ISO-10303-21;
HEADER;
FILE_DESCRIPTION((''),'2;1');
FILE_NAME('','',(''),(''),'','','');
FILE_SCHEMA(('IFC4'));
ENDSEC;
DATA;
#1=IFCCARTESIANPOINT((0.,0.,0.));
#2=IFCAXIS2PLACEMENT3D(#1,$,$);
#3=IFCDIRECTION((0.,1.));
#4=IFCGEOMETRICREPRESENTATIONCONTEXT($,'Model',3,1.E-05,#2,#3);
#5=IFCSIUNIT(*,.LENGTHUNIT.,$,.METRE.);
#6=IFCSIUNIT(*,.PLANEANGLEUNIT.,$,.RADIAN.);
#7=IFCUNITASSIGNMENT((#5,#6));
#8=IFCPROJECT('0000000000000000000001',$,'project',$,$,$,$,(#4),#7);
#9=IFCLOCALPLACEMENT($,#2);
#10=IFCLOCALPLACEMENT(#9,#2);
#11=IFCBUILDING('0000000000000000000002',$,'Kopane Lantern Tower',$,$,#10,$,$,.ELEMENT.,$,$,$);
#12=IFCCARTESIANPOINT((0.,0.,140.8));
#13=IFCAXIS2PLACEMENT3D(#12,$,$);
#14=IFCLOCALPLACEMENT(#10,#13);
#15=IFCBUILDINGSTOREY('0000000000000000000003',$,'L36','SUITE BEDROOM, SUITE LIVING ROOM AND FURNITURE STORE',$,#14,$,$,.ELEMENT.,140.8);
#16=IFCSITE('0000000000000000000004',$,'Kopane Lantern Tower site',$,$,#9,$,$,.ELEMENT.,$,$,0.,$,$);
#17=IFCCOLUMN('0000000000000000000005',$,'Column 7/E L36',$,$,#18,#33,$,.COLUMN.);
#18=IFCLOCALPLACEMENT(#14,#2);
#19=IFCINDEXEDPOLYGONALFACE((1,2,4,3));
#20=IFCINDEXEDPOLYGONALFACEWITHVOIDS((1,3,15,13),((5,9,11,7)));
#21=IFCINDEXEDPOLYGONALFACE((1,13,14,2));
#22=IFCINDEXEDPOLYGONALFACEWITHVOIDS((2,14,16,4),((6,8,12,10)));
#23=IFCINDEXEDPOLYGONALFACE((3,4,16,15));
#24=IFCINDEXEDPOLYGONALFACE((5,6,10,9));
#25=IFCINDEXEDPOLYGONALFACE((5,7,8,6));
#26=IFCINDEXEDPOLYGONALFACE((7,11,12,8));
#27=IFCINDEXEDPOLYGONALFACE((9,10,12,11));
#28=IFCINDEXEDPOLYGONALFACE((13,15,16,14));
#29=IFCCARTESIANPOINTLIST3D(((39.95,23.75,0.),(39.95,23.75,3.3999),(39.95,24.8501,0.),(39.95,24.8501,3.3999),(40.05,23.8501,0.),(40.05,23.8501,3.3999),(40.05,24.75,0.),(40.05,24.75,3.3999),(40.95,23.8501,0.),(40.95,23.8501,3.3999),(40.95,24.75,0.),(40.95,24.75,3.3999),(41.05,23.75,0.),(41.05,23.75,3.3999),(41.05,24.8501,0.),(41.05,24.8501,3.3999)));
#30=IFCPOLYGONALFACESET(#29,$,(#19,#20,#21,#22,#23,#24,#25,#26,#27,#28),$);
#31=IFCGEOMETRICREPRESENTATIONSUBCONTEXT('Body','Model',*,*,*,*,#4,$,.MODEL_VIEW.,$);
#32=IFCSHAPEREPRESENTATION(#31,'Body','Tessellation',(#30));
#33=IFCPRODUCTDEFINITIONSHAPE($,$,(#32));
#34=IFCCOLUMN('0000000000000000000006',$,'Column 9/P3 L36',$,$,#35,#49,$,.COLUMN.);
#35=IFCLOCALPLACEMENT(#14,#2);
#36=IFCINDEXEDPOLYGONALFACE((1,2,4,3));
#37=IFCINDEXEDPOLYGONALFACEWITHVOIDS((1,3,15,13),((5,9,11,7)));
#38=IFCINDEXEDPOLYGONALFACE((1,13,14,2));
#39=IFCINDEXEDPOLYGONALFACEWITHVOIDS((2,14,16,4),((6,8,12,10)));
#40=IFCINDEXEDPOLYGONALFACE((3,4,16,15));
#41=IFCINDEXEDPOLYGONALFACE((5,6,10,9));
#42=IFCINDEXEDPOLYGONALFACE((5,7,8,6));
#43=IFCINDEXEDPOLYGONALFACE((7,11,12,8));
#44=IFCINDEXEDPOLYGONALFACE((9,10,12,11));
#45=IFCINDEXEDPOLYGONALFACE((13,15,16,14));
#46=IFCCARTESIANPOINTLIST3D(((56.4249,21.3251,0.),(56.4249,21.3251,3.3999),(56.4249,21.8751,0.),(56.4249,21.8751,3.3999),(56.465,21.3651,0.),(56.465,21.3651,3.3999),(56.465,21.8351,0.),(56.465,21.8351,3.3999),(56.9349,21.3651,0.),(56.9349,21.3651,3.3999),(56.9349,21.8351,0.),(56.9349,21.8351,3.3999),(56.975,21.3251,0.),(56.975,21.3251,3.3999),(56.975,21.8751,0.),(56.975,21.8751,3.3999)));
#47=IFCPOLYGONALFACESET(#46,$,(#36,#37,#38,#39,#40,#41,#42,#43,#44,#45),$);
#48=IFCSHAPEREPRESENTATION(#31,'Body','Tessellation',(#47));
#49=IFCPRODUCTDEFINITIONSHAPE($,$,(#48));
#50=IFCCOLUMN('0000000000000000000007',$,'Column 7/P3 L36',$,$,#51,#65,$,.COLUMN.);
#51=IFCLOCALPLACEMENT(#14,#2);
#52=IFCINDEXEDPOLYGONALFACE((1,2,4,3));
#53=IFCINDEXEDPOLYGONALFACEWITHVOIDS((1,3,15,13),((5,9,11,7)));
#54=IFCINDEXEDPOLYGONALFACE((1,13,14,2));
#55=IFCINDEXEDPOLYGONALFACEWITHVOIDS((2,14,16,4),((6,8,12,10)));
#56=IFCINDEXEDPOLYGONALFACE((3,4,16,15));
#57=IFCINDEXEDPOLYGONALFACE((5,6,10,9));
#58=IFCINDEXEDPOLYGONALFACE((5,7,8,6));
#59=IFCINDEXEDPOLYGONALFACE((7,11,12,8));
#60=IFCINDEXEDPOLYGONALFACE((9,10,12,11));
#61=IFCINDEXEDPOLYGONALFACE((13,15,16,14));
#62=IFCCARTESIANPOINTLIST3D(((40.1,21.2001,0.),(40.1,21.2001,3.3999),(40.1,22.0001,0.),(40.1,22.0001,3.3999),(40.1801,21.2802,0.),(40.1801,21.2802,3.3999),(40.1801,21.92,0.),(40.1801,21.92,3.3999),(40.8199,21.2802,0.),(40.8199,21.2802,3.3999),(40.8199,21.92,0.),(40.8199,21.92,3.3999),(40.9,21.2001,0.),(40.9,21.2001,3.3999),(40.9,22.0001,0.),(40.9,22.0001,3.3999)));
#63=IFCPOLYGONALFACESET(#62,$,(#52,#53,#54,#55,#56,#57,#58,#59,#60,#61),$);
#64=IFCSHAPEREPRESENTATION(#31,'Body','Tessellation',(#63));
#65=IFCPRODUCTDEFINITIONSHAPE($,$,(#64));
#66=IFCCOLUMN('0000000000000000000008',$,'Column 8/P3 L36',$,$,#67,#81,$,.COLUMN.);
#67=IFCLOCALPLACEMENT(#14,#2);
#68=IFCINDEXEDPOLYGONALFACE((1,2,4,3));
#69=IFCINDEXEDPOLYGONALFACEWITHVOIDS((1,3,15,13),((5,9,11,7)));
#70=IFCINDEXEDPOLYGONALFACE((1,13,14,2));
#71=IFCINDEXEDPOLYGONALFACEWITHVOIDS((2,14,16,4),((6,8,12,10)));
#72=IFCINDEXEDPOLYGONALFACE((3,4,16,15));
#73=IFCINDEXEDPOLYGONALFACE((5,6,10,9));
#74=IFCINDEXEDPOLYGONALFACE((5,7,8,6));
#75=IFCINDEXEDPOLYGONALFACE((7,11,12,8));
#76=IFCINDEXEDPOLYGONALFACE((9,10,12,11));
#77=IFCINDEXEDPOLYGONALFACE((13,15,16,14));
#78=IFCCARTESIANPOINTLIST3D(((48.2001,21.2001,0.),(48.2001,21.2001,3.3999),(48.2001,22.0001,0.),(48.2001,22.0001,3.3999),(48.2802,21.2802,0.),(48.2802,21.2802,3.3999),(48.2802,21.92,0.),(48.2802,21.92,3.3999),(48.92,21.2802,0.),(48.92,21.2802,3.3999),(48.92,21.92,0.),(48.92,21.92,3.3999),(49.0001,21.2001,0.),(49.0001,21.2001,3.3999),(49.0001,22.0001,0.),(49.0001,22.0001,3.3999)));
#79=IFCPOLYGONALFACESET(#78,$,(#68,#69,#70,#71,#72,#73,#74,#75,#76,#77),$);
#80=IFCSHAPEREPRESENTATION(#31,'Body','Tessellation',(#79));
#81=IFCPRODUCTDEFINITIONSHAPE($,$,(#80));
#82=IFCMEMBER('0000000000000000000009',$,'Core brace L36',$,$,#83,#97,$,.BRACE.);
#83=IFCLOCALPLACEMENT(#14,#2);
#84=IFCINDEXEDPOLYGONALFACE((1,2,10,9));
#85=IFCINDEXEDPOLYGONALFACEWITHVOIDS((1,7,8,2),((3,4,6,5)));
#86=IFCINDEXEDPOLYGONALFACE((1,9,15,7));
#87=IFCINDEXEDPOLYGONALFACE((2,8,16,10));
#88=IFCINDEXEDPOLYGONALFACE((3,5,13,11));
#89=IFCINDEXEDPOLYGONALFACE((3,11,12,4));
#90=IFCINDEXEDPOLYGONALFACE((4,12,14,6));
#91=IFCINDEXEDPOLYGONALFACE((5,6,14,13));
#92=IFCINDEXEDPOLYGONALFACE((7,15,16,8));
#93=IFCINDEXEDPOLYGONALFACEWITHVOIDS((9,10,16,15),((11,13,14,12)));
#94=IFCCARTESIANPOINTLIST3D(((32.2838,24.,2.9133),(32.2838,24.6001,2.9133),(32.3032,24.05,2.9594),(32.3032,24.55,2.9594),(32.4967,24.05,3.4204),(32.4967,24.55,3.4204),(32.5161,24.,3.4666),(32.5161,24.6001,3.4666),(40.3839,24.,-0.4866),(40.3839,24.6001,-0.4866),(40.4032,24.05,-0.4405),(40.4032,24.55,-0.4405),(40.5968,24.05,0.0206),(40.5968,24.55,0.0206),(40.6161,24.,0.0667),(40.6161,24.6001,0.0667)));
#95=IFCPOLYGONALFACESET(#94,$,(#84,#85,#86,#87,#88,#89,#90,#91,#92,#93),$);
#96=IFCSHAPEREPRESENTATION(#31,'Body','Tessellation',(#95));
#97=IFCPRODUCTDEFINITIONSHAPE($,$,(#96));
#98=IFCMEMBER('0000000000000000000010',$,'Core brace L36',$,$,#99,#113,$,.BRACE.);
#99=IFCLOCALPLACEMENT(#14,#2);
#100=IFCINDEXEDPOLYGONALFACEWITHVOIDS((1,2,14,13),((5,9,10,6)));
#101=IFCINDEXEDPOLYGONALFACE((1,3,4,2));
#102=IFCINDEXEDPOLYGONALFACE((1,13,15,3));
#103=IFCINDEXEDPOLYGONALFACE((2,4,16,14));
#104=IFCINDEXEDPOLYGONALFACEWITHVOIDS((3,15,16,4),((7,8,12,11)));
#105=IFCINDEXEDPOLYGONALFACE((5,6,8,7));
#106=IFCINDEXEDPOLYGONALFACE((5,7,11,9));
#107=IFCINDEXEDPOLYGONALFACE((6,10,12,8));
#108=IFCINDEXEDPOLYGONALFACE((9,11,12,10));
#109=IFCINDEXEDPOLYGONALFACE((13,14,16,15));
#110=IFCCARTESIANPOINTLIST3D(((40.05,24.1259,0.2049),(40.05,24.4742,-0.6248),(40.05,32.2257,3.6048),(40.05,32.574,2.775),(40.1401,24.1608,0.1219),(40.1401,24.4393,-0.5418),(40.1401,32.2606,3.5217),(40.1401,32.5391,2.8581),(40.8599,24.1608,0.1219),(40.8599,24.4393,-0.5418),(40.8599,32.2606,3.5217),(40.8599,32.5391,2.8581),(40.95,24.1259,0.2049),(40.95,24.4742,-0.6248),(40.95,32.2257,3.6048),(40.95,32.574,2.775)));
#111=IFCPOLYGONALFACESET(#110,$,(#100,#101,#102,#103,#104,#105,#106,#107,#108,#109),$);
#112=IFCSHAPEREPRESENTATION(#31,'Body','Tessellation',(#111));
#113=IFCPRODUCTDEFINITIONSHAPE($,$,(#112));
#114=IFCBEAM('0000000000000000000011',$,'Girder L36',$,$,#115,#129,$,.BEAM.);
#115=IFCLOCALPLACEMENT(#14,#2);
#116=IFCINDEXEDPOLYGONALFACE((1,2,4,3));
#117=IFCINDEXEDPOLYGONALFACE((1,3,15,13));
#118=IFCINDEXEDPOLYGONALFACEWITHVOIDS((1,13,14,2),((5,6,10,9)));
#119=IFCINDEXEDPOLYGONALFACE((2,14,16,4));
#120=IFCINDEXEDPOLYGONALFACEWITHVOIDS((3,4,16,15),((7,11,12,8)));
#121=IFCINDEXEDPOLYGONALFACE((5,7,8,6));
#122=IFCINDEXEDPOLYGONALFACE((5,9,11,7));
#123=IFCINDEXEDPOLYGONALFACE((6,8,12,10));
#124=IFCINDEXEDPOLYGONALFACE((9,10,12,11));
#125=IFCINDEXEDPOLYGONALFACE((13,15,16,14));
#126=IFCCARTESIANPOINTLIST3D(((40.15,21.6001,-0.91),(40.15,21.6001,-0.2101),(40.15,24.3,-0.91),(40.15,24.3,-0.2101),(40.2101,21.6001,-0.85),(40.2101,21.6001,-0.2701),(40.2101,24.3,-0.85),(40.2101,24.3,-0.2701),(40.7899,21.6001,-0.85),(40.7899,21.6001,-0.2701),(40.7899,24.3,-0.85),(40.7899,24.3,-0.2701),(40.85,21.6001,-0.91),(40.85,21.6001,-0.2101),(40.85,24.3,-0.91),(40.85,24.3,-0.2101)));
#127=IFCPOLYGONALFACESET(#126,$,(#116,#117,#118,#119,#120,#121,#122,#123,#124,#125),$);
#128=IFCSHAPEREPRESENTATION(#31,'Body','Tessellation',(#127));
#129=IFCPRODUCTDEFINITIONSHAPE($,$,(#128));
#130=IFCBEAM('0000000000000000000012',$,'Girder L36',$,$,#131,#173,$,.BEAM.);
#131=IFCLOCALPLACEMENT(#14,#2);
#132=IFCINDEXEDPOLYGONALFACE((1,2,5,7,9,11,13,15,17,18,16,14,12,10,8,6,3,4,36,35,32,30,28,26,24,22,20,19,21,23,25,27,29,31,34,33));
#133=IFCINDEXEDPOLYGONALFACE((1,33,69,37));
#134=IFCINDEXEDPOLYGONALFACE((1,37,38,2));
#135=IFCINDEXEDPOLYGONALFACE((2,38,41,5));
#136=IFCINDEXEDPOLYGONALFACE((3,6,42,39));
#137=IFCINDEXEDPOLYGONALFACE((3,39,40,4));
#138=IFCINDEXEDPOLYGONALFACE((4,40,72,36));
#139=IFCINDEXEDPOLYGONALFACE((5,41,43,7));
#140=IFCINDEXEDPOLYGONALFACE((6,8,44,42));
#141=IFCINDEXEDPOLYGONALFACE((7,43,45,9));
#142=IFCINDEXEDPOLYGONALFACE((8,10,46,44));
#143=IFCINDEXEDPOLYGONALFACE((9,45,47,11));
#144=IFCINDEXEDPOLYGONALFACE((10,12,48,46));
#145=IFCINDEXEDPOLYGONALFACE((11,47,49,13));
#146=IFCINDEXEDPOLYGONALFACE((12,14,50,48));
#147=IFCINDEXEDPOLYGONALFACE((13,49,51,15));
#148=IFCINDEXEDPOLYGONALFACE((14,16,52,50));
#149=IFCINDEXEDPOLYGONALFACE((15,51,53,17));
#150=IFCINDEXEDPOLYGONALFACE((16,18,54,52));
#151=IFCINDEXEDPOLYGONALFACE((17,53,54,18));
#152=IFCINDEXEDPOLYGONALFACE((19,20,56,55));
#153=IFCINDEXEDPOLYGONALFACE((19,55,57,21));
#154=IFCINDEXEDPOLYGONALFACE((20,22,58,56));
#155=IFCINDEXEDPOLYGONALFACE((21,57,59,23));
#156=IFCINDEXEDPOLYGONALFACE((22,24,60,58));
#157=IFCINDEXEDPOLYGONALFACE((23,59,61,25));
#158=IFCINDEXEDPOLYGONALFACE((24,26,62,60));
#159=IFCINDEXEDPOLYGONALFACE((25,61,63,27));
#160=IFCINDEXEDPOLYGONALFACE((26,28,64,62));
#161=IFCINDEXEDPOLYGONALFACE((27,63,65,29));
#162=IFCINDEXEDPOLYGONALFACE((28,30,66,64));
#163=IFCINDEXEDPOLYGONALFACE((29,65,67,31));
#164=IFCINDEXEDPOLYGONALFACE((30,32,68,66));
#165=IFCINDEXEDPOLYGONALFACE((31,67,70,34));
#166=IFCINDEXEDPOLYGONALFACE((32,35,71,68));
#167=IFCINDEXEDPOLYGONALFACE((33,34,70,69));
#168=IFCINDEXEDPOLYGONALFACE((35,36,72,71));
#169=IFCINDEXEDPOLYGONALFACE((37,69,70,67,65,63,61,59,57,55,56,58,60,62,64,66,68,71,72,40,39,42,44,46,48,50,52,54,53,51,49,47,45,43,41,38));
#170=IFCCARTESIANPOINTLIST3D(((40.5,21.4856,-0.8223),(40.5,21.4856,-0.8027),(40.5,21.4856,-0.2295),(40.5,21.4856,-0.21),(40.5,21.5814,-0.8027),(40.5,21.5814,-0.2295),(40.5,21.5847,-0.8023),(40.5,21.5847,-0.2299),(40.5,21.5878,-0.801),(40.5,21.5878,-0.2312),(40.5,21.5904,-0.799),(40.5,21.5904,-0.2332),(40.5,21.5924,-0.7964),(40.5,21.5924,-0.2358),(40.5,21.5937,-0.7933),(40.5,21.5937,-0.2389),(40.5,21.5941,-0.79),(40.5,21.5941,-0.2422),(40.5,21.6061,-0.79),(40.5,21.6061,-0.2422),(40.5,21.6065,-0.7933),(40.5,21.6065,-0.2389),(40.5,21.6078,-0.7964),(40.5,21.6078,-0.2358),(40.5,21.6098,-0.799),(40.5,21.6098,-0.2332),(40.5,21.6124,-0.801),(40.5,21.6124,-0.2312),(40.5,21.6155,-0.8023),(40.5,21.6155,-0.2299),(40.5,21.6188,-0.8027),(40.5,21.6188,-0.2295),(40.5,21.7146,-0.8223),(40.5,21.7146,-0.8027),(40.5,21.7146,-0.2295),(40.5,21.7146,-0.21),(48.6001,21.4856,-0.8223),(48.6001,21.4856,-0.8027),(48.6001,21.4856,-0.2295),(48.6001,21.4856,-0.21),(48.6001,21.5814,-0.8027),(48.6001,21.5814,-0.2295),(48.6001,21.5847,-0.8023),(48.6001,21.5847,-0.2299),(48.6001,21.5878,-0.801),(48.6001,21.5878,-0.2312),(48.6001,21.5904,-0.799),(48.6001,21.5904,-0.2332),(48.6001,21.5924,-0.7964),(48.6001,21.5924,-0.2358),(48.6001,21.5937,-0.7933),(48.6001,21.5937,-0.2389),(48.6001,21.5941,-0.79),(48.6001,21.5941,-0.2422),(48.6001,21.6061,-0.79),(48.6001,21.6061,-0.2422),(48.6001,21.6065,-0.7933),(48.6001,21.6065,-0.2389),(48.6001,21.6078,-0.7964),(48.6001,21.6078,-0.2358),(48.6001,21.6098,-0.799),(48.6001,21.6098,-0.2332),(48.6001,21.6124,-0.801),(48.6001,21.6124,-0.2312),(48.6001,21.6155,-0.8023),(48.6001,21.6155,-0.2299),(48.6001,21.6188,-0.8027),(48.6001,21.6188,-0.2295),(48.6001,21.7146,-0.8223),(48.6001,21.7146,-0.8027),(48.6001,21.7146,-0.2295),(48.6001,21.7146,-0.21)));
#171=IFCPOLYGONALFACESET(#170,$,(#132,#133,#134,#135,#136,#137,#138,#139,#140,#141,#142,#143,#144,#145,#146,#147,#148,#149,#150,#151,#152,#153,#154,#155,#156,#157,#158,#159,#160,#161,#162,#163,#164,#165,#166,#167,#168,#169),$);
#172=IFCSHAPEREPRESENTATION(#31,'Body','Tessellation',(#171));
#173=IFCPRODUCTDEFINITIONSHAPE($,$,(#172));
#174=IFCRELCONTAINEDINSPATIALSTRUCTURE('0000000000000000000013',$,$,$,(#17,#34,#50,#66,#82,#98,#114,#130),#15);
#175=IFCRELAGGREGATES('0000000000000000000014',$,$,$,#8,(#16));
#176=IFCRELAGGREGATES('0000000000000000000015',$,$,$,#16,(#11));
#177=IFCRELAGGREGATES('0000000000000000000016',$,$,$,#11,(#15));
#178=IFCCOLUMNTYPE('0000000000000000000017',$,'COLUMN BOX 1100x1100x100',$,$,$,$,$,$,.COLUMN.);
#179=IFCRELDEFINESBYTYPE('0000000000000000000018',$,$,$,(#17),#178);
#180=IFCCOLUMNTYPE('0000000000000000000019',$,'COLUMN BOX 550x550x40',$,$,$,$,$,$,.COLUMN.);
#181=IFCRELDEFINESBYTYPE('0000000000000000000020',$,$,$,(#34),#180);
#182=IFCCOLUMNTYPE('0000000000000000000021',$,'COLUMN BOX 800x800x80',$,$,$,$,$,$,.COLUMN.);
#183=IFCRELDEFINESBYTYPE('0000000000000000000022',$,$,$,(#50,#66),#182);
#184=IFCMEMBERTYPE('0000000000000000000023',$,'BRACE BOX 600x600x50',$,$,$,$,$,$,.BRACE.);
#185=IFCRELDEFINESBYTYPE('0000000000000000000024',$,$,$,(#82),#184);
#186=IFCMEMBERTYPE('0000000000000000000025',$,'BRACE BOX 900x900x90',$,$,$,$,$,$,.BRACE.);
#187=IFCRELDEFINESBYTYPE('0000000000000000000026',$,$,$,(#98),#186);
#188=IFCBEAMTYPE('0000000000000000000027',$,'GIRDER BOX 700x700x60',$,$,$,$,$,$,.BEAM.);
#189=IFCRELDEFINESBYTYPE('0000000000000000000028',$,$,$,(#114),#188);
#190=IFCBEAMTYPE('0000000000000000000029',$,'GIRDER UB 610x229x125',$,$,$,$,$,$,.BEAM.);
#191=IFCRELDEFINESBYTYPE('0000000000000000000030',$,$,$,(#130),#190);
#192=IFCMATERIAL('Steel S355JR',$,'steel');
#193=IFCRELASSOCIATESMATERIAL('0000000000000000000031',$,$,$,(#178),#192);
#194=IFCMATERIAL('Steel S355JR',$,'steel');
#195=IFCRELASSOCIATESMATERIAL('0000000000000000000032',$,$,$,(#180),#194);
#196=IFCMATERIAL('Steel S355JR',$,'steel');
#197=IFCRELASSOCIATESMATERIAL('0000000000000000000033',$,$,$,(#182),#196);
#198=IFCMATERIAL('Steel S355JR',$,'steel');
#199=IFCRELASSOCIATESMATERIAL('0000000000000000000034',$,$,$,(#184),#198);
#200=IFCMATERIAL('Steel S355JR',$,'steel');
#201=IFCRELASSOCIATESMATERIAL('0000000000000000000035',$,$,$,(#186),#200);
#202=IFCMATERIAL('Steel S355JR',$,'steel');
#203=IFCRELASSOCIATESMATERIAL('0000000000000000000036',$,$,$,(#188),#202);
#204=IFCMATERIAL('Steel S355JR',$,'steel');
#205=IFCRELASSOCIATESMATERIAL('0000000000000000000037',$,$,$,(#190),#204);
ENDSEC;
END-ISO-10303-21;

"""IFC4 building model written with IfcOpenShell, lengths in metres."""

from ifc_helpers import new_model, si_unit, direction, frame, origin, origin_2d, place, context, subcontext, project, spatial, hollow_rectangle, i_section, extrude, material, material_profile, profile_set, type_object, element, save


model = new_model("IFC4")

# Units and contexts
model_context = context("Model", 3, precision=1e-05, world=origin(), true_north=direction((0.0, 1.0)))
body_context = subcontext(model_context, "Body", "Model", "MODEL_VIEW")
ifc_project = project(units=[si_unit("LENGTHUNIT", "METRE"), si_unit("PLANEANGLEUNIT", "RADIAN")], contexts=[model_context])

# Site, building, storey
site_placement = place(None, origin())
site = spatial("IfcSite", under=ifc_project, at=site_placement, Name="Kopane Lantern Tower site", CompositionType="ELEMENT", RefElevation=0.0)
building_placement = place(site_placement, origin())
building = spatial("IfcBuilding", under=site, at=building_placement, Name="Kopane Lantern Tower", CompositionType="ELEMENT")
storey_placement = place(building_placement, frame((0.0, 0.0, 140.8)))
storey = spatial("IfcBuildingStorey", under=building, at=storey_placement, Name="L36", Description="SUITE BEDROOM, SUITE LIVING ROOM AND FURNITURE STORE", CompositionType="ELEMENT", Elevation=140.8)

# Columns
ifc_material_1 = material(Name="Steel S355JR", Category="steel")
ifc_material_profile_1 = material_profile(ifc_material_1, hollow_rectangle(XDim=1.1001, YDim=1.1001, WallThickness=0.1001, at=origin_2d()), Name="BOX 1100x1100x100")
ifc_profile_set_1 = profile_set([ifc_material_profile_1], Name="Steel S355JR")
column_type_1 = type_object("IfcColumnType", Name="COLUMN BOX 1100x1100x100", PredefinedType="COLUMN", material=ifc_profile_set_1)
column_1_placement = place(storey_placement, frame((40.5, 24.3, 0.0), z_axis=(0.0, 0.0, 1.0), x_axis=(1.0, 0.0, 0.0)))
element("IfcColumn", 1, at=column_1_placement, inside=storey, type_object=column_type_1, Name="Column 7/E L36", PredefinedType="COLUMN", context=body_context, shape_type="SweptSolid", body=[
    extrude(hollow_rectangle(XDim=1.1001, YDim=1.1001, WallThickness=0.1001, at=origin_2d()), origin(), (0.0, 0.0, 1.0), 3.3999),
])
ifc_material_2 = material(Name="Steel S355JR", Category="steel")
ifc_material_profile_2 = material_profile(ifc_material_2, hollow_rectangle(XDim=0.55, YDim=0.55, WallThickness=0.04, at=origin_2d()), Name="BOX 550x550x40")
ifc_profile_set_2 = profile_set([ifc_material_profile_2], Name="Steel S355JR")
column_type_2 = type_object("IfcColumnType", Name="COLUMN BOX 550x550x40", PredefinedType="COLUMN", material=ifc_profile_set_2)
column_2_placement = place(storey_placement, frame((56.7, 21.6001, 0.0), z_axis=(0.0, 0.0, 1.0), x_axis=(1.0, 0.0, 0.0)))
element("IfcColumn", 2, at=column_2_placement, inside=storey, type_object=column_type_2, Name="Column 9/P3 L36", PredefinedType="COLUMN", context=body_context, shape_type="SweptSolid", body=[
    extrude(hollow_rectangle(XDim=0.55, YDim=0.55, WallThickness=0.04, at=origin_2d()), origin(), (0.0, 0.0, 1.0), 3.3999),
])
ifc_material_3 = material(Name="Steel S355JR", Category="steel")
ifc_material_profile_3 = material_profile(ifc_material_3, hollow_rectangle(XDim=0.8, YDim=0.8, WallThickness=0.0801, at=origin_2d()), Name="BOX 800x800x80")
ifc_profile_set_3 = profile_set([ifc_material_profile_3], Name="Steel S355JR")
column_type_3 = type_object("IfcColumnType", Name="COLUMN BOX 800x800x80", PredefinedType="COLUMN", material=ifc_profile_set_3)
for number, where, z_axis, x_axis, name in (
    (3, (40.5, 21.6001, 0.0), (0.0, 0.0, 1.0), (1.0, 0.0, 0.0), "Column 7/P3 L36"),
    (4, (48.6001, 21.6001, 0.0), (0.0, 0.0, 1.0), (1.0, 0.0, 0.0), "Column 8/P3 L36"),
):
    element("IfcColumn", number, at=place(storey_placement, frame(where, z_axis=z_axis, x_axis=x_axis)), inside=storey, type_object=column_type_3, Name=name, PredefinedType="COLUMN", context=body_context, shape_type="SweptSolid", body=[
        extrude(hollow_rectangle(XDim=0.8, YDim=0.8, WallThickness=0.0801, at=origin_2d()), origin(), (0.0, 0.0, 1.0), 3.3999),
    ])

# Members
ifc_material_4 = material(Name="Steel S355JR", Category="steel")
ifc_material_profile_4 = material_profile(ifc_material_4, hollow_rectangle(XDim=0.6001, YDim=0.6001, WallThickness=0.05, at=origin_2d()), Name="BOX 600x600x50")
ifc_profile_set_4 = profile_set([ifc_material_profile_4], Name="Steel S355JR")
member_type_1 = type_object("IfcMemberType", Name="BRACE BOX 600x600x50", PredefinedType="BRACE", material=ifc_profile_set_4)
member_1_placement = place(storey_placement, frame((40.5, 24.3, -0.21), z_axis=(-0.922069, 0.0, 0.387026), x_axis=(0.0, -1.0, 0.0)))
element("IfcMember", 5, at=member_1_placement, inside=storey, type_object=member_type_1, Name="Core brace L36", PredefinedType="BRACE", context=body_context, shape_type="SweptSolid", body=[
    extrude(hollow_rectangle(XDim=0.6001, YDim=0.6001, WallThickness=0.05, at=origin_2d()), origin(), (0.0, 0.0, 1.0), 8.7847),
])
ifc_material_5 = material(Name="Steel S355JR", Category="steel")
ifc_material_profile_5 = material_profile(ifc_material_5, hollow_rectangle(XDim=0.8999, YDim=0.8999, WallThickness=0.0901, at=origin_2d()), Name="BOX 900x900x90")
ifc_profile_set_5 = profile_set([ifc_material_profile_5], Name="Steel S355JR")
member_type_2 = type_object("IfcMemberType", Name="BRACE BOX 900x900x90", PredefinedType="BRACE", material=ifc_profile_set_5)
member_2_placement = place(storey_placement, frame((40.5, 24.3, -0.21), z_axis=(0.0, 0.922065, 0.387035), x_axis=(-1.0, 0.0, 0.0)))
element("IfcMember", 6, at=member_2_placement, inside=storey, type_object=member_type_2, Name="Core brace L36", PredefinedType="BRACE", context=body_context, shape_type="SweptSolid", body=[
    extrude(hollow_rectangle(XDim=0.8999, YDim=0.8999, WallThickness=0.0901, at=origin_2d()), origin(), (0.0, 0.0, 1.0), 8.7844),
])

# Beams
ifc_material_6 = material(Name="Steel S355JR", Category="steel")
ifc_material_profile_6 = material_profile(ifc_material_6, hollow_rectangle(XDim=0.7, YDim=0.7, WallThickness=0.0601, at=origin_2d()), Name="BOX 700x700x60")
ifc_profile_set_6 = profile_set([ifc_material_profile_6], Name="Steel S355JR")
beam_type_1 = type_object("IfcBeamType", Name="GIRDER BOX 700x700x60", PredefinedType="BEAM", material=ifc_profile_set_6)
beam_1_placement = place(storey_placement, frame((40.5, 21.6001, -0.5601), z_axis=(0.0, 1.0, 0.0), x_axis=(-1.0, 0.0, 0.0)))
element("IfcBeam", 7, at=beam_1_placement, inside=storey, type_object=beam_type_1, Name="Girder L36", PredefinedType="BEAM", context=body_context, shape_type="SweptSolid", body=[
    extrude(hollow_rectangle(XDim=0.7, YDim=0.7, WallThickness=0.0601, at=origin_2d()), origin(), (0.0, 0.0, 1.0), 2.7),
])
ifc_material_7 = material(Name="Steel S355JR", Category="steel")
ifc_material_profile_7 = material_profile(ifc_material_7, i_section(OverallWidth=0.229, OverallDepth=0.6123, WebThickness=0.012, FlangeThickness=0.0195, FilletRadius=0.0127, at=origin_2d()), Name="UB 610x229x125")
ifc_profile_set_7 = profile_set([ifc_material_profile_7], Name="Steel S355JR")
beam_type_2 = type_object("IfcBeamType", Name="GIRDER UB 610x229x125", PredefinedType="BEAM", material=ifc_profile_set_7)
beam_2_placement = place(storey_placement, frame((40.5, 21.6001, -0.5161), z_axis=(1.0, 0.0, 0.0), x_axis=(0.0, 1.0, 0.0)))
element("IfcBeam", 8, at=beam_2_placement, inside=storey, type_object=beam_type_2, Name="Girder L36", PredefinedType="BEAM", context=body_context, shape_type="SweptSolid", body=[
    extrude(i_section(OverallWidth=0.229, OverallDepth=0.6123, WebThickness=0.012, FlangeThickness=0.0195, FilletRadius=0.0127, at=origin_2d()), origin(), (0.0, 0.0, 1.0), 8.1001),
])

save(model, "model.ifc")
